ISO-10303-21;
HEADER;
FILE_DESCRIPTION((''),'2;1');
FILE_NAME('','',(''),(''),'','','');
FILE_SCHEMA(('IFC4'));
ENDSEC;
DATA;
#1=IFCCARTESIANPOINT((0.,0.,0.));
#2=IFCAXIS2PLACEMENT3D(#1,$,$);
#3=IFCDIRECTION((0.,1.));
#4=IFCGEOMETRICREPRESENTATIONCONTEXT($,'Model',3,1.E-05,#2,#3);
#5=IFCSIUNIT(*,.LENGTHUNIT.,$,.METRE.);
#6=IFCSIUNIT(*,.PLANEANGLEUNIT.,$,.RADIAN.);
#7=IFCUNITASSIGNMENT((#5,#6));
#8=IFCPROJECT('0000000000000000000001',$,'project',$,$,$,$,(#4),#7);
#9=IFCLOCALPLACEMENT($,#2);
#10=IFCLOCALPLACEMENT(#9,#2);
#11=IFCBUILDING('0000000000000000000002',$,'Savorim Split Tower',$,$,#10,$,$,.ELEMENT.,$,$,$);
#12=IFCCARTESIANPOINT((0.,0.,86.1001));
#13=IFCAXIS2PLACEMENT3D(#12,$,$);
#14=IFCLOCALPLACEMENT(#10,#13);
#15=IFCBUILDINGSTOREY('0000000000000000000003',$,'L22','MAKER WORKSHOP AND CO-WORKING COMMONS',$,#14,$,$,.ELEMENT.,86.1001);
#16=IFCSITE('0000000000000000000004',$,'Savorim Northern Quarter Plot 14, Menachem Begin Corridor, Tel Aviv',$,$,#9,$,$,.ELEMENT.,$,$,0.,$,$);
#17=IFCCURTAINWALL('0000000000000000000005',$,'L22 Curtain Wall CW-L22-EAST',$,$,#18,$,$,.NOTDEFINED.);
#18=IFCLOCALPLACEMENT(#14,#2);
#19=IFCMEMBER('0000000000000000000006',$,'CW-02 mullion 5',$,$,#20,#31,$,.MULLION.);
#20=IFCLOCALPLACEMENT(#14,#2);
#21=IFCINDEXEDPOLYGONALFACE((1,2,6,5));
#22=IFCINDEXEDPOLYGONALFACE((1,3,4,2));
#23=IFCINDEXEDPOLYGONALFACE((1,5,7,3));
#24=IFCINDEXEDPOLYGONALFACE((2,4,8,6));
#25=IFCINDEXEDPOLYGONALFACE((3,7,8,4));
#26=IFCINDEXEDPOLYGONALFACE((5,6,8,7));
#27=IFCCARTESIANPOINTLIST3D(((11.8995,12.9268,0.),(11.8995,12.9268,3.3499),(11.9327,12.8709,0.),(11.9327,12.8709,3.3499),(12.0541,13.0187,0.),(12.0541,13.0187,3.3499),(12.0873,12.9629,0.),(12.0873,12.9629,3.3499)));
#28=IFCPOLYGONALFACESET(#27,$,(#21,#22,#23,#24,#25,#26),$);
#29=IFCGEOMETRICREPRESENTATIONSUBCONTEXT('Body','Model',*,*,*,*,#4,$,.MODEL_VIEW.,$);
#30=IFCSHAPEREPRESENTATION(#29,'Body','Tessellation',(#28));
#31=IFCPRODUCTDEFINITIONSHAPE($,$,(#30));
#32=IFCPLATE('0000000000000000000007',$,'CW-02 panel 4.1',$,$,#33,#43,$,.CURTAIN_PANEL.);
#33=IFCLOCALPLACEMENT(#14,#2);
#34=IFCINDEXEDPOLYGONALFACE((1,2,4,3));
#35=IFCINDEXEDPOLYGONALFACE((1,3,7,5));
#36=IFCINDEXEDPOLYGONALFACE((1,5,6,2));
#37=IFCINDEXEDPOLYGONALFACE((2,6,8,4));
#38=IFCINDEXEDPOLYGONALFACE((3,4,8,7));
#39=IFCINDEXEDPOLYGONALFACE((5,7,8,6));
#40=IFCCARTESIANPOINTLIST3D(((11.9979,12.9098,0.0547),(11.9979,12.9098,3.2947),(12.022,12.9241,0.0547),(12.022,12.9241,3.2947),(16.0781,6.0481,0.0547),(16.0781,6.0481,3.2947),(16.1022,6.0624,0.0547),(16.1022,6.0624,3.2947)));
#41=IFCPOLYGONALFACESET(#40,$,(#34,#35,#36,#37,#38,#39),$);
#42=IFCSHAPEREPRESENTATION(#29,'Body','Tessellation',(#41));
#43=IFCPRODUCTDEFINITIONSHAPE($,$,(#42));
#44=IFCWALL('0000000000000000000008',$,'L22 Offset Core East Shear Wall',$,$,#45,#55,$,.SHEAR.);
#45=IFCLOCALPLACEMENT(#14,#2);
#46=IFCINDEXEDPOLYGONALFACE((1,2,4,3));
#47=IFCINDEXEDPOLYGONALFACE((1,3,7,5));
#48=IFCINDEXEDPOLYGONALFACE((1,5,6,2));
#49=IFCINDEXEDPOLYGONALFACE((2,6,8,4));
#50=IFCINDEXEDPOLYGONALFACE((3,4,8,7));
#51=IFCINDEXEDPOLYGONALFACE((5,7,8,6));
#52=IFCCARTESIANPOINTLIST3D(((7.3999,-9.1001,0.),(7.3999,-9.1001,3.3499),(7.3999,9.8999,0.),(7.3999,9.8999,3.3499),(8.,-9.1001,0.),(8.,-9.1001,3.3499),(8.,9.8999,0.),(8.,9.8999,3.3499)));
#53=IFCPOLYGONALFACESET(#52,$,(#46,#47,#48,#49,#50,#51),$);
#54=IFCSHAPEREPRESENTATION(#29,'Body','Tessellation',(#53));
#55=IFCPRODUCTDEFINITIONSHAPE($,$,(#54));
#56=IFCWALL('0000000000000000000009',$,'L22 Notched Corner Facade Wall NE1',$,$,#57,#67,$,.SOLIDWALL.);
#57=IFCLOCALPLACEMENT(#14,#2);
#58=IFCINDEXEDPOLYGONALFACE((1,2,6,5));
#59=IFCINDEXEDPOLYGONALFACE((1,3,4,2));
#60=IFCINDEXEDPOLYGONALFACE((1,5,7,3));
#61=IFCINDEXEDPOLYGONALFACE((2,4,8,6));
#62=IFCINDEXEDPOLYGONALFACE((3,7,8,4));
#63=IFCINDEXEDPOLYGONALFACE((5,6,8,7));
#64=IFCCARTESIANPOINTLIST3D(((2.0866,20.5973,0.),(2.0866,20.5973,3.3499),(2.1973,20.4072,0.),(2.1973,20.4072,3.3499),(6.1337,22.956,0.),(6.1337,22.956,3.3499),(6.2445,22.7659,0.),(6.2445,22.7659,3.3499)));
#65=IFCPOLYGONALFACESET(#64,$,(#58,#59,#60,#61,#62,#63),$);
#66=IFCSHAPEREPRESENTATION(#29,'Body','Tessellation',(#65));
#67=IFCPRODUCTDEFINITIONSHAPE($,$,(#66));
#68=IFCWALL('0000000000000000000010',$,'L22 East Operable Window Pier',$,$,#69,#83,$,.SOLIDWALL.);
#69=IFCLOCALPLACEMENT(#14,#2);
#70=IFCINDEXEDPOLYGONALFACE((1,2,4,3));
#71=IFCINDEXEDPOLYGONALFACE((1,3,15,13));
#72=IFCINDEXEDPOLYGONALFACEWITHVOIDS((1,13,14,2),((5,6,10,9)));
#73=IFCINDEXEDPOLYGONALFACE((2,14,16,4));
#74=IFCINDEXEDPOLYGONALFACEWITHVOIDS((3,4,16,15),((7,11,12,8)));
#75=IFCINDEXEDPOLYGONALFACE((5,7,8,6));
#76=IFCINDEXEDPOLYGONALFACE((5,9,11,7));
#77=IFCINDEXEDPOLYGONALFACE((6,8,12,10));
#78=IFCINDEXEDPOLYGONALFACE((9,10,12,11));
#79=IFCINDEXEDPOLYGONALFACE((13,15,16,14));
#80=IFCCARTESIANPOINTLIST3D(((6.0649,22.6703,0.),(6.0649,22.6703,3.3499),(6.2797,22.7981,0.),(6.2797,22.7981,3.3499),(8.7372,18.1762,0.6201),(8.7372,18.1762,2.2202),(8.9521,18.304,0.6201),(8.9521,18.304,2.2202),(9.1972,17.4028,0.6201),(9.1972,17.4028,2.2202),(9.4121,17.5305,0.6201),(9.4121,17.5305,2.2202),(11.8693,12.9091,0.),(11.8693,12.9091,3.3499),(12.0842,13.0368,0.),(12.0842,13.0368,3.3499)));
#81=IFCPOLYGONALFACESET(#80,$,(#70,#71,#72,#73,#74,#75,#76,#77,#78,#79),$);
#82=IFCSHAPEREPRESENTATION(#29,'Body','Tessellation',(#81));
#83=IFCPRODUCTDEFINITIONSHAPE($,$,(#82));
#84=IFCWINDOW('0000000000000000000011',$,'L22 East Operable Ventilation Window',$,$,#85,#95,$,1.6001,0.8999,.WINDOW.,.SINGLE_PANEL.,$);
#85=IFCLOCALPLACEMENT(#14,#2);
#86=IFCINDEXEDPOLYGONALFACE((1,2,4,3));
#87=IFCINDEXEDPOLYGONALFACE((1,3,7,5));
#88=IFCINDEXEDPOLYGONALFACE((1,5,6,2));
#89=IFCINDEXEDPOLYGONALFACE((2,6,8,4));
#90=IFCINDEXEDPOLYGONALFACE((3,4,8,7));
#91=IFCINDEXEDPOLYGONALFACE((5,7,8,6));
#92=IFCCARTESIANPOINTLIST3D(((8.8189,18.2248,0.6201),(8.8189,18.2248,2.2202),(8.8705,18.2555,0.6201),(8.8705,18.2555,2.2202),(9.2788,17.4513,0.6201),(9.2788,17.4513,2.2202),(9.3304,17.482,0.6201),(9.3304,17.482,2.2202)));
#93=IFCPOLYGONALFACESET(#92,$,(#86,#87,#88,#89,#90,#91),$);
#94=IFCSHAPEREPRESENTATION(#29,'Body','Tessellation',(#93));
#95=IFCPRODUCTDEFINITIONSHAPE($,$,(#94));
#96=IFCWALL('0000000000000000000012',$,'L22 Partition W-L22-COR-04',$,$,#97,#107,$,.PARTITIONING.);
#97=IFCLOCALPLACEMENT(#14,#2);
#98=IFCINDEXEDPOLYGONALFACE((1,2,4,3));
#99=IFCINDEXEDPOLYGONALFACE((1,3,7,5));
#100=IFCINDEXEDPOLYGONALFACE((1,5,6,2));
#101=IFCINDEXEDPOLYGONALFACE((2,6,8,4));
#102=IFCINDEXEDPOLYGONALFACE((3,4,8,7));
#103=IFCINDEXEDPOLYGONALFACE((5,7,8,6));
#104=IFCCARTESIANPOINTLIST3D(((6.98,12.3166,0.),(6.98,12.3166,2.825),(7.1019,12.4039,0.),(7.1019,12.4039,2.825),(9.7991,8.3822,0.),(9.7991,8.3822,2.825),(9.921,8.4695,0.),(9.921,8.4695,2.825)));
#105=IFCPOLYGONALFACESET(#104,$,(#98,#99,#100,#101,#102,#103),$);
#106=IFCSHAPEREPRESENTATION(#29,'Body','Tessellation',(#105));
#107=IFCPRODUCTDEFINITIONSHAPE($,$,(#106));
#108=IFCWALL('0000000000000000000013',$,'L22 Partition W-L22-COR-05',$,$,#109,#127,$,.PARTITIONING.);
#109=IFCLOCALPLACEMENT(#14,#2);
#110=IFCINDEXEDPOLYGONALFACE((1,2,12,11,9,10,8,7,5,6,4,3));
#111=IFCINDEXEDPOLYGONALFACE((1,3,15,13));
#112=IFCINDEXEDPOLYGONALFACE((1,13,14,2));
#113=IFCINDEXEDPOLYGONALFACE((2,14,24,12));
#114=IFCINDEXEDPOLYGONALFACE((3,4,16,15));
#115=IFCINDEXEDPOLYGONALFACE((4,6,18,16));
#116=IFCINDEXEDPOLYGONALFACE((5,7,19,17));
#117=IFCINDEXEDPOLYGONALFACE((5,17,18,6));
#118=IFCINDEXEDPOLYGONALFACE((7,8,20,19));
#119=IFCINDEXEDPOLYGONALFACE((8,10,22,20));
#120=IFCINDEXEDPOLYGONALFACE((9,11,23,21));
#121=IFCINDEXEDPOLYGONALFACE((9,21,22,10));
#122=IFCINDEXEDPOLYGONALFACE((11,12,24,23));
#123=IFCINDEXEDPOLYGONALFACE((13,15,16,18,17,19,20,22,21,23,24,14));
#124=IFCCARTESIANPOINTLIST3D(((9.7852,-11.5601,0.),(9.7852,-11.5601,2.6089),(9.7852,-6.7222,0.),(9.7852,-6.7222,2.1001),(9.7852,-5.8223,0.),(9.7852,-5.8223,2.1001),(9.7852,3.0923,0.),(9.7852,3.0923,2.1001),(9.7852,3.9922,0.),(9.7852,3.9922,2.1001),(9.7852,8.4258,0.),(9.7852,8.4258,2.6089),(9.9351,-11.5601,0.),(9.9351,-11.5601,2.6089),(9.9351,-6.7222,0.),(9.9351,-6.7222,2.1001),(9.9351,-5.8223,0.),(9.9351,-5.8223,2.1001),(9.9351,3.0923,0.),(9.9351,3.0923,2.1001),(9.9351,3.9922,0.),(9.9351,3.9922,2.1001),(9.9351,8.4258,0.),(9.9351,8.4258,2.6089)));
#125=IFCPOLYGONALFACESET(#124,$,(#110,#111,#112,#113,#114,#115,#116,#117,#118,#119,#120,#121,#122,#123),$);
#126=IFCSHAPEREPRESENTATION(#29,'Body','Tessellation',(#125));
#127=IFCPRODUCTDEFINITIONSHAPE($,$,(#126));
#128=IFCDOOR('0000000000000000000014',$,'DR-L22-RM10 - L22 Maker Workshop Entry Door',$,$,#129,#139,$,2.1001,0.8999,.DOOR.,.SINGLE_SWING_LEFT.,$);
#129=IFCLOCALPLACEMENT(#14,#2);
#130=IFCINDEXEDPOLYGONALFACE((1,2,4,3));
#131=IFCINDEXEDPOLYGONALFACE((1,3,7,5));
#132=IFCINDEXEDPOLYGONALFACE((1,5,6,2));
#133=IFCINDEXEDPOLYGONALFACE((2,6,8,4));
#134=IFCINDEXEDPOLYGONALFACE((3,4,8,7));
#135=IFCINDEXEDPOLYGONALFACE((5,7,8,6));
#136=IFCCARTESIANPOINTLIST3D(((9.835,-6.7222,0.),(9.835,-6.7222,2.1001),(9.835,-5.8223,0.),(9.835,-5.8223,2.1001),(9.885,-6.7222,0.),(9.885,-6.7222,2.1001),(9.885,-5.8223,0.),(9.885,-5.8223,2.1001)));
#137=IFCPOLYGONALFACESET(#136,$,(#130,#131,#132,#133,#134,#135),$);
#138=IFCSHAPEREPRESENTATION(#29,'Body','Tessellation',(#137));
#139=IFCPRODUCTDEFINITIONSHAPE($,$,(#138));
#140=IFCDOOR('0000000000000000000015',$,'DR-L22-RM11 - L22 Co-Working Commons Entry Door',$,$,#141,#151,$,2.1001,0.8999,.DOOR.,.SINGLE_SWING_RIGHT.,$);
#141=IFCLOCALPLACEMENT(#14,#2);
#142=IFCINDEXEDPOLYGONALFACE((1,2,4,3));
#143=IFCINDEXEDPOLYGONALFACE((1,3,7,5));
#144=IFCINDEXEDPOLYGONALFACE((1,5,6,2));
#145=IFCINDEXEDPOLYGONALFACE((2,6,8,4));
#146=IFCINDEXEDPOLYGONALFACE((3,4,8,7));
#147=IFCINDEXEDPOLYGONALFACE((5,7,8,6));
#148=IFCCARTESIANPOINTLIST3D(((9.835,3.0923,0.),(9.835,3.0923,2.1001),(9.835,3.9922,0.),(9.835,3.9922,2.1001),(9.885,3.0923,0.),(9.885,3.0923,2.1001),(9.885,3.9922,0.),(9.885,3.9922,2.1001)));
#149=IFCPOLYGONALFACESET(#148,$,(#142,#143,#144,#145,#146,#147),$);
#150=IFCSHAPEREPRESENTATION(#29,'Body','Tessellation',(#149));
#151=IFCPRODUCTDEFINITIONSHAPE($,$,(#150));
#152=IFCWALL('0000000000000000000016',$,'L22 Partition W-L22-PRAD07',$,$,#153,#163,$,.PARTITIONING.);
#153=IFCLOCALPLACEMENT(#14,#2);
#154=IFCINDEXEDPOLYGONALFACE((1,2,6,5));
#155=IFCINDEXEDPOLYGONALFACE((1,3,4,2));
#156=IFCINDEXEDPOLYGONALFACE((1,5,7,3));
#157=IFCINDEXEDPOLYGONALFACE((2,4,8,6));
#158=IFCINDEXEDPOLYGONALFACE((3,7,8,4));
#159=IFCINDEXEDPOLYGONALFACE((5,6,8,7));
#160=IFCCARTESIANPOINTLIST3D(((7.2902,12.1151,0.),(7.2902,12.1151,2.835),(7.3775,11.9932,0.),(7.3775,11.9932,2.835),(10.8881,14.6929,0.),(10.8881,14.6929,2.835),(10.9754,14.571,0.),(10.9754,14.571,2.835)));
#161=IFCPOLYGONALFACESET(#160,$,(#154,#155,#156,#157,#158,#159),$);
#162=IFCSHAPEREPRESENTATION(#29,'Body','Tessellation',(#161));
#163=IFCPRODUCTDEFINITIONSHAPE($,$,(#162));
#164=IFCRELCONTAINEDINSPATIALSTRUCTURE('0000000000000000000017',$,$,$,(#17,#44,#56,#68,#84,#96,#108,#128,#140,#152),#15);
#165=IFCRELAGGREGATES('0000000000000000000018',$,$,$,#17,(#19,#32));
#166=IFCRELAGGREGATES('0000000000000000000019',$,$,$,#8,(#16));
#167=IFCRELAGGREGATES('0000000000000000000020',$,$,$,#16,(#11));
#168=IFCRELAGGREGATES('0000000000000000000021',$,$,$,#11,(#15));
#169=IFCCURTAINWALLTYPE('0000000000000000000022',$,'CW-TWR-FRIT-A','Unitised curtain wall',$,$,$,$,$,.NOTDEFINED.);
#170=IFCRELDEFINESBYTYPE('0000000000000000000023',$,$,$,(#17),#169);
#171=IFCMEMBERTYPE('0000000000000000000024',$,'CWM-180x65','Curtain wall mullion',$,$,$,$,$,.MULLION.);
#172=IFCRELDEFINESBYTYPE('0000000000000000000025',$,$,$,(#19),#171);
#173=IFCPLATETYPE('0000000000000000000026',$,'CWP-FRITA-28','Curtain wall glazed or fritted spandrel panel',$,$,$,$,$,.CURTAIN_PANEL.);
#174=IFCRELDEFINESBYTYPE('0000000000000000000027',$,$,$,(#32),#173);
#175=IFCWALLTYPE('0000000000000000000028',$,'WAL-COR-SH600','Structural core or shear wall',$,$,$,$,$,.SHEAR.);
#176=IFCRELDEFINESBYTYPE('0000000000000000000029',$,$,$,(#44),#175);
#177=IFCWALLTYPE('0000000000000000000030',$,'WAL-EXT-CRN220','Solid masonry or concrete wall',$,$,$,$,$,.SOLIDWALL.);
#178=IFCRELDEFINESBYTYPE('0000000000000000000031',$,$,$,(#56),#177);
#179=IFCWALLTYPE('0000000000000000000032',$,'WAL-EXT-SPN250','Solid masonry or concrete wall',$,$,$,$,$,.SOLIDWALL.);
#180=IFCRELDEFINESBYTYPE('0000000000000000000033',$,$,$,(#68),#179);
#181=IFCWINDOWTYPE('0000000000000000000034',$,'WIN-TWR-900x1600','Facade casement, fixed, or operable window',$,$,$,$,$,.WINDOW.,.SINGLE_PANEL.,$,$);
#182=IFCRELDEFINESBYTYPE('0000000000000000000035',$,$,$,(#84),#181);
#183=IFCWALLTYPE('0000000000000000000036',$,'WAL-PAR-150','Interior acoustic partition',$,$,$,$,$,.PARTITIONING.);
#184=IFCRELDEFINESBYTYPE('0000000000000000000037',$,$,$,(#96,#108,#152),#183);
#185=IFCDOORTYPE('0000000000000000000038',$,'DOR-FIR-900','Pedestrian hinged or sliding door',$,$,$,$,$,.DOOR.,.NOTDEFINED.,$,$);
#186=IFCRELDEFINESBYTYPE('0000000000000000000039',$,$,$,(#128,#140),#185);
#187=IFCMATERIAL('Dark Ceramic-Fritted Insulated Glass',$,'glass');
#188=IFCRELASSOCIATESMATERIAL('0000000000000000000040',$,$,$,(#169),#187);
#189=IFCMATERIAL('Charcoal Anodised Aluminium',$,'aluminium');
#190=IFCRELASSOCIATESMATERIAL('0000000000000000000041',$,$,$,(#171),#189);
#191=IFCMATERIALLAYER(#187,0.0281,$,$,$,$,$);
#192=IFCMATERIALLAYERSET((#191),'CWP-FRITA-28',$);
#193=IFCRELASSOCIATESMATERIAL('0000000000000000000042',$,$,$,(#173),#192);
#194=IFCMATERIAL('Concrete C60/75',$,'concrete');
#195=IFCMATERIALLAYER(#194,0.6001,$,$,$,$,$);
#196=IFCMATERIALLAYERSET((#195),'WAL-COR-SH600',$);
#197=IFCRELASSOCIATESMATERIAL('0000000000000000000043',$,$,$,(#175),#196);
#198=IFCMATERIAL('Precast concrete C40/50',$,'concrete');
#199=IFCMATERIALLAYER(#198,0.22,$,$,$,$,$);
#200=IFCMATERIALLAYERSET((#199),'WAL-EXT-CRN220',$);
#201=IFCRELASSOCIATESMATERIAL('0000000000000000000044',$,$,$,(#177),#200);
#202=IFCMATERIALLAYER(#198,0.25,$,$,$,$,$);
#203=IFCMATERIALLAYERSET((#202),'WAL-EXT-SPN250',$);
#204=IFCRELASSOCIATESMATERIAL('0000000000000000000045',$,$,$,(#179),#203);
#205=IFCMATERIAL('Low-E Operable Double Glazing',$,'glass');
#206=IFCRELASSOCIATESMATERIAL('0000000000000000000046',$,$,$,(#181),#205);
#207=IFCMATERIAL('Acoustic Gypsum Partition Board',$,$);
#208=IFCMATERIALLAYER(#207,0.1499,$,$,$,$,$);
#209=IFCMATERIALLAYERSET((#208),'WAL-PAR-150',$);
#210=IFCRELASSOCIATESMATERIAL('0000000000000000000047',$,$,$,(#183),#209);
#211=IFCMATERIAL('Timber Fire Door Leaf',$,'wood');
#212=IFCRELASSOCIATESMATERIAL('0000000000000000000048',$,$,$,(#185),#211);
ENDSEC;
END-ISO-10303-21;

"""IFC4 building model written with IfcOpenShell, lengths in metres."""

from ifc_helpers import new_model, si_unit, direction, frame, frame_2d, origin, origin_2d, place, context, subcontext, project, spatial, rectangle, extrude, material, layer, layer_set, material_profile, profile_set, type_object, element, fill, aggregate, save


model = new_model("IFC4")

# Units and contexts
model_context = context("Model", 3, precision=1e-05, world=origin(), true_north=direction((0.0, 1.0)))
body_context = subcontext(model_context, "Body", "Model", "MODEL_VIEW")
ifc_project = project(units=[si_unit("LENGTHUNIT", "METRE"), si_unit("PLANEANGLEUNIT", "RADIAN")], contexts=[model_context])

# Site, building, storey
site_placement = place(None, origin())
site = spatial("IfcSite", under=ifc_project, at=site_placement, Name="Savorim Northern Quarter Plot 14, Menachem Begin Corridor, Tel Aviv", CompositionType="ELEMENT", RefElevation=0.0)
building_placement = place(site_placement, origin())
building = spatial("IfcBuilding", under=site, at=building_placement, Name="Savorim Split Tower", CompositionType="ELEMENT")
storey_placement = place(building_placement, frame((0.0, 0.0, 86.1001)))
storey = spatial("IfcBuildingStorey", under=building, at=storey_placement, Name="L22", Description="MAKER WORKSHOP AND CO-WORKING COMMONS", CompositionType="ELEMENT", Elevation=86.1001)

# Curtain wall, member, plate
ifc_material_1 = material(Name="Dark Ceramic-Fritted Insulated Glass", Category="glass")
curtain_wall_type = type_object("IfcCurtainWallType", Name="CW-TWR-FRIT-A", Description="Unitised curtain wall", PredefinedType="NOTDEFINED", material=ifc_material_1)
curtain_wall_placement = place(storey_placement, origin())
curtain_wall = element("IfcCurtainWall", 1, at=curtain_wall_placement, inside=storey, type_object=curtain_wall_type, Name="L22 Curtain Wall CW-L22-EAST", PredefinedType="NOTDEFINED")
ifc_material_2 = material(Name="Charcoal Anodised Aluminium", Category="aluminium")
ifc_material_profile_1 = material_profile(ifc_material_2, rectangle(XDim=0.1799, YDim=0.0649, at=origin_2d()), Name="ALU-M 180x65")
ifc_profile_set_1 = profile_set([ifc_material_profile_1], Name="Charcoal Anodised Aluminium")
member_type = type_object("IfcMemberType", Name="CWM-180x65", Description="Curtain wall mullion", PredefinedType="MULLION", material=ifc_profile_set_1)
member_placement = place(storey_placement, frame((11.9934, 12.9448, 0.0), z_axis=(0.0, 0.0, 1.0), x_axis=(-0.859525, -0.511094, 0.0)))
member = element("IfcMember", 2, at=member_placement, type_object=member_type, Name="CW-02 mullion 5", PredefinedType="MULLION", context=body_context, shape_type="SweptSolid", body=[
    extrude(rectangle(XDim=0.1799, YDim=0.0649, at=origin_2d()), origin(), (0.0, 0.0, 1.0), 3.3499),
])
ifc_layer_1 = layer(ifc_material_1, 0.0281)
ifc_layer_set_1 = layer_set([ifc_layer_1], Name="CWP-FRITA-28")
plate_type = type_object("IfcPlateType", Name="CWP-FRITA-28", Description="Curtain wall glazed or fritted spandrel panel", PredefinedType="CURTAIN_PANEL", material=ifc_layer_set_1)
plate_placement = place(storey_placement, frame((14.05, 9.4861, 0.0547), z_axis=(0.0, 0.0, 1.0), x_axis=(-0.511094, 0.859525, 0.0)))
plate = element("IfcPlate", 3, at=plate_placement, type_object=plate_type, Name="CW-02 panel 4.1", PredefinedType="CURTAIN_PANEL", context=body_context, shape_type="SweptSolid", body=[
    extrude(rectangle(XDim=7.9832, YDim=0.0281, at=origin_2d()), origin(), (0.0, 0.0, 1.0), 3.24),
])
aggregate(curtain_wall, [member, plate])

# Shared definitions
ifc_material_3 = material(Name="Concrete C60/75", Category="concrete")
ifc_layer_2 = layer(ifc_material_3, 0.6001)
ifc_layer_set_2 = layer_set([ifc_layer_2], Name="WAL-COR-SH600")
wall_type_1 = type_object("IfcWallType", Name="WAL-COR-SH600", Description="Structural core or shear wall", PredefinedType="SHEAR", material=ifc_layer_set_2)
ifc_material_4 = material(Name="Timber Fire Door Leaf", Category="wood")

# Walls
wall_1_placement = place(storey_placement, frame((7.7, 9.8999, 0.0), z_axis=(0.0, 0.0, 1.0), x_axis=(0.0, -1.0, 0.0)))
element("IfcWall", 4, at=wall_1_placement, inside=storey, type_object=wall_type_1, Name="L22 Offset Core East Shear Wall", PredefinedType="SHEAR", context=body_context, shape_type="SweptSolid", body=[
    extrude(rectangle(XDim=19.0, YDim=0.6001, at=frame_2d((9.5, 0.0))), origin(), (0.0, 0.0, 1.0), 3.3499),
])
ifc_material_5 = material(Name="Precast concrete C40/50", Category="concrete")
ifc_layer_3 = layer(ifc_material_5, 0.22)
ifc_layer_set_3 = layer_set([ifc_layer_3], Name="WAL-EXT-CRN220")
wall_type_2 = type_object("IfcWallType", Name="WAL-EXT-CRN220", Description="Solid masonry or concrete wall", PredefinedType="SOLIDWALL", material=ifc_layer_set_3)
wall_2_placement = place(storey_placement, frame((2.1418, 20.5022, 0.0), z_axis=(0.0, 0.0, 1.0), x_axis=(0.863981, 0.503524, 0.0)))
element("IfcWall", 5, at=wall_2_placement, inside=storey, type_object=wall_type_2, Name="L22 Notched Corner Facade Wall NE1", PredefinedType="SOLIDWALL", context=body_context, shape_type="SweptSolid", body=[
    extrude(rectangle(XDim=4.6843, YDim=0.22, at=frame_2d((2.3423, 0.0))), origin(), (0.0, 0.0, 1.0), 3.3499),
])

# Wall, opening, window
ifc_layer_4 = layer(ifc_material_5, 0.25)
ifc_layer_set_4 = layer_set([ifc_layer_4], Name="WAL-EXT-SPN250")
wall_type_3 = type_object("IfcWallType", Name="WAL-EXT-SPN250", Description="Solid masonry or concrete wall", PredefinedType="SOLIDWALL", material=ifc_layer_set_4)
wall_3_placement = place(storey_placement, frame((6.1724, 22.7341, 0.0), z_axis=(0.0, 0.0, 1.0), x_axis=(0.511106, -0.859518, 0.0)))
wall_3 = element("IfcWall", 6, at=wall_3_placement, inside=storey, type_object=wall_type_3, Name="L22 East Operable Window Pier", PredefinedType="SOLIDWALL", context=body_context, shape_type="SweptSolid", body=[
    extrude(rectangle(XDim=11.3567, YDim=0.25, at=frame_2d((5.6782, 0.0))), origin(), (0.0, 0.0, 1.0), 3.3499),
])
opening_1_placement = place(wall_3_placement, frame((5.2285, 0.0, 0.6201)))
opening_1 = element("IfcOpeningElement", 7, at=opening_1_placement, cuts=wall_3, PredefinedType="OPENING", context=body_context, shape_type="SweptSolid", body=[
    extrude(rectangle(XDim=0.8999, YDim=1.6001, at=frame_2d((0.45, 0.8))), frame((0.0, 0.135, 0.0), z_axis=(0.0, -1.0, 0.0), x_axis=(1.0, 0.0, 0.0)), (0.0, 0.0, 1.0), 0.27),
])
ifc_material_6 = material(Name="Low-E Operable Double Glazing", Category="glass")
window_type = type_object("IfcWindowType", Name="WIN-TWR-900x1600", Description="Facade casement, fixed, or operable window", PartitioningType="SINGLE_PANEL", PredefinedType="WINDOW", material=ifc_material_6)
window_placement = place(opening_1_placement, origin())
window = element("IfcWindow", 8, at=window_placement, inside=storey, type_object=window_type, Name="L22 East Operable Ventilation Window", OverallHeight=1.6001, OverallWidth=0.8999, PartitioningType="SINGLE_PANEL", PredefinedType="WINDOW", context=body_context, shape_type="SweptSolid", body=[
    extrude(rectangle(XDim=0.8999, YDim=1.6001, at=frame_2d((0.45, 0.8))), frame((0.0, 0.03, 0.0), z_axis=(0.0, -1.0, 0.0), x_axis=(1.0, 0.0, 0.0)), (0.0, 0.0, 1.0), 0.0601),
])
fill(opening_1, window)

# Wall
ifc_material_7 = material(Name="Acoustic Gypsum Partition Board")
ifc_layer_5 = layer(ifc_material_7, 0.1499)
ifc_layer_set_5 = layer_set([ifc_layer_5], Name="WAL-PAR-150")
wall_type_4 = type_object("IfcWallType", Name="WAL-PAR-150", Description="Interior acoustic partition", PredefinedType="PARTITIONING", material=ifc_layer_set_5)
wall_4_placement = place(storey_placement, frame((7.041, 12.3601, 0.0), z_axis=(0.0, 0.0, 1.0), x_axis=(0.58245, -0.812867, 0.0)))
element("IfcWall", 9, at=wall_4_placement, inside=storey, type_object=wall_type_4, Name="L22 Partition W-L22-COR-04", PredefinedType="PARTITIONING", context=body_context, shape_type="SweptSolid", body=[
    extrude(rectangle(XDim=4.8401, YDim=0.1499, at=frame_2d((2.4199, 0.0))), origin(), (0.0, 0.0, 1.0), 2.825),
])

# Wall, openings, doors
wall_5_placement = place(storey_placement, frame((9.8601, 8.4258, 0.0), z_axis=(0.0, 0.0, 1.0), x_axis=(0.0, -1.0, 0.0)))
wall_5 = element("IfcWall", 10, at=wall_5_placement, inside=storey, type_object=wall_type_4, Name="L22 Partition W-L22-COR-05", PredefinedType="PARTITIONING", context=body_context, shape_type="SweptSolid", body=[
    extrude(rectangle(XDim=19.9858, YDim=0.1499, at=frame_2d((9.9929, 0.0))), origin(), (0.0, 0.0, 1.0), 2.6089),
])
opening_2_placement = place(wall_5_placement, frame((14.248, 0.0, 0.0)))
opening_2 = element("IfcOpeningElement", 11, at=opening_2_placement, cuts=wall_5, PredefinedType="OPENING", context=body_context, shape_type="SweptSolid", body=[
    extrude(rectangle(XDim=0.8999, YDim=2.1001, at=frame_2d((0.45, 1.05))), frame((0.0, 0.085, 0.0), z_axis=(0.0, -1.0, 0.0), x_axis=(1.0, 0.0, 0.0)), (0.0, 0.0, 1.0), 0.1699),
])
opening_3_placement = place(wall_5_placement, frame((4.4336, 0.0, 0.0)))
opening_3 = element("IfcOpeningElement", 12, at=opening_3_placement, cuts=wall_5, PredefinedType="OPENING", context=body_context, shape_type="SweptSolid", body=[
    extrude(rectangle(XDim=0.8999, YDim=2.1001, at=frame_2d((0.45, 1.05))), frame((0.0, 0.085, 0.0), z_axis=(0.0, -1.0, 0.0), x_axis=(1.0, 0.0, 0.0)), (0.0, 0.0, 1.0), 0.1699),
])
door_type_1 = type_object("IfcDoorType", Name="DOR-FIR-900", Description="Pedestrian hinged or sliding door", OperationType="NOTDEFINED", PredefinedType="DOOR", material=ifc_material_4)
door_1_placement = place(opening_2_placement, origin())
door_1 = element("IfcDoor", 13, at=door_1_placement, inside=storey, type_object=door_type_1, Name="DR-L22-RM10 - L22 Maker Workshop Entry Door", OperationType="SINGLE_SWING_LEFT", OverallHeight=2.1001, OverallWidth=0.8999, PredefinedType="DOOR", context=body_context, shape_type="SweptSolid", body=[
    extrude(rectangle(XDim=0.8999, YDim=2.1001, at=frame_2d((0.45, 1.05))), frame((0.0, 0.0249, 0.0), z_axis=(0.0, -1.0, 0.0), x_axis=(1.0, 0.0, 0.0)), (0.0, 0.0, 1.0), 0.05),
])
fill(opening_2, door_1)
door_2_placement = place(opening_3_placement, origin())
door_2 = element("IfcDoor", 14, at=door_2_placement, inside=storey, type_object=door_type_1, Name="DR-L22-RM11 - L22 Co-Working Commons Entry Door", OperationType="SINGLE_SWING_RIGHT", OverallHeight=2.1001, OverallWidth=0.8999, PredefinedType="DOOR", context=body_context, shape_type="SweptSolid", body=[
    extrude(rectangle(XDim=0.8999, YDim=2.1001, at=frame_2d((0.45, 1.05))), frame((0.0, 0.0249, 0.0), z_axis=(0.0, -1.0, 0.0), x_axis=(1.0, 0.0, 0.0)), (0.0, 0.0, 1.0), 0.05),
])
fill(opening_3, door_2)

# Wall
wall_6_placement = place(storey_placement, frame((7.334, 12.0542, 0.0), z_axis=(0.0, 0.0, 1.0), x_axis=(0.812883, 0.582427, 0.0)))
element("IfcWall", 15, at=wall_6_placement, inside=storey, type_object=wall_type_4, Name="L22 Partition W-L22-PRAD07", PredefinedType="PARTITIONING", context=body_context, shape_type="SweptSolid", body=[
    extrude(rectangle(XDim=4.426, YDim=0.1499, at=frame_2d((2.2129, 0.0))), origin(), (0.0, 0.0, 1.0), 2.835),
])

save(model, "model.ifc")
